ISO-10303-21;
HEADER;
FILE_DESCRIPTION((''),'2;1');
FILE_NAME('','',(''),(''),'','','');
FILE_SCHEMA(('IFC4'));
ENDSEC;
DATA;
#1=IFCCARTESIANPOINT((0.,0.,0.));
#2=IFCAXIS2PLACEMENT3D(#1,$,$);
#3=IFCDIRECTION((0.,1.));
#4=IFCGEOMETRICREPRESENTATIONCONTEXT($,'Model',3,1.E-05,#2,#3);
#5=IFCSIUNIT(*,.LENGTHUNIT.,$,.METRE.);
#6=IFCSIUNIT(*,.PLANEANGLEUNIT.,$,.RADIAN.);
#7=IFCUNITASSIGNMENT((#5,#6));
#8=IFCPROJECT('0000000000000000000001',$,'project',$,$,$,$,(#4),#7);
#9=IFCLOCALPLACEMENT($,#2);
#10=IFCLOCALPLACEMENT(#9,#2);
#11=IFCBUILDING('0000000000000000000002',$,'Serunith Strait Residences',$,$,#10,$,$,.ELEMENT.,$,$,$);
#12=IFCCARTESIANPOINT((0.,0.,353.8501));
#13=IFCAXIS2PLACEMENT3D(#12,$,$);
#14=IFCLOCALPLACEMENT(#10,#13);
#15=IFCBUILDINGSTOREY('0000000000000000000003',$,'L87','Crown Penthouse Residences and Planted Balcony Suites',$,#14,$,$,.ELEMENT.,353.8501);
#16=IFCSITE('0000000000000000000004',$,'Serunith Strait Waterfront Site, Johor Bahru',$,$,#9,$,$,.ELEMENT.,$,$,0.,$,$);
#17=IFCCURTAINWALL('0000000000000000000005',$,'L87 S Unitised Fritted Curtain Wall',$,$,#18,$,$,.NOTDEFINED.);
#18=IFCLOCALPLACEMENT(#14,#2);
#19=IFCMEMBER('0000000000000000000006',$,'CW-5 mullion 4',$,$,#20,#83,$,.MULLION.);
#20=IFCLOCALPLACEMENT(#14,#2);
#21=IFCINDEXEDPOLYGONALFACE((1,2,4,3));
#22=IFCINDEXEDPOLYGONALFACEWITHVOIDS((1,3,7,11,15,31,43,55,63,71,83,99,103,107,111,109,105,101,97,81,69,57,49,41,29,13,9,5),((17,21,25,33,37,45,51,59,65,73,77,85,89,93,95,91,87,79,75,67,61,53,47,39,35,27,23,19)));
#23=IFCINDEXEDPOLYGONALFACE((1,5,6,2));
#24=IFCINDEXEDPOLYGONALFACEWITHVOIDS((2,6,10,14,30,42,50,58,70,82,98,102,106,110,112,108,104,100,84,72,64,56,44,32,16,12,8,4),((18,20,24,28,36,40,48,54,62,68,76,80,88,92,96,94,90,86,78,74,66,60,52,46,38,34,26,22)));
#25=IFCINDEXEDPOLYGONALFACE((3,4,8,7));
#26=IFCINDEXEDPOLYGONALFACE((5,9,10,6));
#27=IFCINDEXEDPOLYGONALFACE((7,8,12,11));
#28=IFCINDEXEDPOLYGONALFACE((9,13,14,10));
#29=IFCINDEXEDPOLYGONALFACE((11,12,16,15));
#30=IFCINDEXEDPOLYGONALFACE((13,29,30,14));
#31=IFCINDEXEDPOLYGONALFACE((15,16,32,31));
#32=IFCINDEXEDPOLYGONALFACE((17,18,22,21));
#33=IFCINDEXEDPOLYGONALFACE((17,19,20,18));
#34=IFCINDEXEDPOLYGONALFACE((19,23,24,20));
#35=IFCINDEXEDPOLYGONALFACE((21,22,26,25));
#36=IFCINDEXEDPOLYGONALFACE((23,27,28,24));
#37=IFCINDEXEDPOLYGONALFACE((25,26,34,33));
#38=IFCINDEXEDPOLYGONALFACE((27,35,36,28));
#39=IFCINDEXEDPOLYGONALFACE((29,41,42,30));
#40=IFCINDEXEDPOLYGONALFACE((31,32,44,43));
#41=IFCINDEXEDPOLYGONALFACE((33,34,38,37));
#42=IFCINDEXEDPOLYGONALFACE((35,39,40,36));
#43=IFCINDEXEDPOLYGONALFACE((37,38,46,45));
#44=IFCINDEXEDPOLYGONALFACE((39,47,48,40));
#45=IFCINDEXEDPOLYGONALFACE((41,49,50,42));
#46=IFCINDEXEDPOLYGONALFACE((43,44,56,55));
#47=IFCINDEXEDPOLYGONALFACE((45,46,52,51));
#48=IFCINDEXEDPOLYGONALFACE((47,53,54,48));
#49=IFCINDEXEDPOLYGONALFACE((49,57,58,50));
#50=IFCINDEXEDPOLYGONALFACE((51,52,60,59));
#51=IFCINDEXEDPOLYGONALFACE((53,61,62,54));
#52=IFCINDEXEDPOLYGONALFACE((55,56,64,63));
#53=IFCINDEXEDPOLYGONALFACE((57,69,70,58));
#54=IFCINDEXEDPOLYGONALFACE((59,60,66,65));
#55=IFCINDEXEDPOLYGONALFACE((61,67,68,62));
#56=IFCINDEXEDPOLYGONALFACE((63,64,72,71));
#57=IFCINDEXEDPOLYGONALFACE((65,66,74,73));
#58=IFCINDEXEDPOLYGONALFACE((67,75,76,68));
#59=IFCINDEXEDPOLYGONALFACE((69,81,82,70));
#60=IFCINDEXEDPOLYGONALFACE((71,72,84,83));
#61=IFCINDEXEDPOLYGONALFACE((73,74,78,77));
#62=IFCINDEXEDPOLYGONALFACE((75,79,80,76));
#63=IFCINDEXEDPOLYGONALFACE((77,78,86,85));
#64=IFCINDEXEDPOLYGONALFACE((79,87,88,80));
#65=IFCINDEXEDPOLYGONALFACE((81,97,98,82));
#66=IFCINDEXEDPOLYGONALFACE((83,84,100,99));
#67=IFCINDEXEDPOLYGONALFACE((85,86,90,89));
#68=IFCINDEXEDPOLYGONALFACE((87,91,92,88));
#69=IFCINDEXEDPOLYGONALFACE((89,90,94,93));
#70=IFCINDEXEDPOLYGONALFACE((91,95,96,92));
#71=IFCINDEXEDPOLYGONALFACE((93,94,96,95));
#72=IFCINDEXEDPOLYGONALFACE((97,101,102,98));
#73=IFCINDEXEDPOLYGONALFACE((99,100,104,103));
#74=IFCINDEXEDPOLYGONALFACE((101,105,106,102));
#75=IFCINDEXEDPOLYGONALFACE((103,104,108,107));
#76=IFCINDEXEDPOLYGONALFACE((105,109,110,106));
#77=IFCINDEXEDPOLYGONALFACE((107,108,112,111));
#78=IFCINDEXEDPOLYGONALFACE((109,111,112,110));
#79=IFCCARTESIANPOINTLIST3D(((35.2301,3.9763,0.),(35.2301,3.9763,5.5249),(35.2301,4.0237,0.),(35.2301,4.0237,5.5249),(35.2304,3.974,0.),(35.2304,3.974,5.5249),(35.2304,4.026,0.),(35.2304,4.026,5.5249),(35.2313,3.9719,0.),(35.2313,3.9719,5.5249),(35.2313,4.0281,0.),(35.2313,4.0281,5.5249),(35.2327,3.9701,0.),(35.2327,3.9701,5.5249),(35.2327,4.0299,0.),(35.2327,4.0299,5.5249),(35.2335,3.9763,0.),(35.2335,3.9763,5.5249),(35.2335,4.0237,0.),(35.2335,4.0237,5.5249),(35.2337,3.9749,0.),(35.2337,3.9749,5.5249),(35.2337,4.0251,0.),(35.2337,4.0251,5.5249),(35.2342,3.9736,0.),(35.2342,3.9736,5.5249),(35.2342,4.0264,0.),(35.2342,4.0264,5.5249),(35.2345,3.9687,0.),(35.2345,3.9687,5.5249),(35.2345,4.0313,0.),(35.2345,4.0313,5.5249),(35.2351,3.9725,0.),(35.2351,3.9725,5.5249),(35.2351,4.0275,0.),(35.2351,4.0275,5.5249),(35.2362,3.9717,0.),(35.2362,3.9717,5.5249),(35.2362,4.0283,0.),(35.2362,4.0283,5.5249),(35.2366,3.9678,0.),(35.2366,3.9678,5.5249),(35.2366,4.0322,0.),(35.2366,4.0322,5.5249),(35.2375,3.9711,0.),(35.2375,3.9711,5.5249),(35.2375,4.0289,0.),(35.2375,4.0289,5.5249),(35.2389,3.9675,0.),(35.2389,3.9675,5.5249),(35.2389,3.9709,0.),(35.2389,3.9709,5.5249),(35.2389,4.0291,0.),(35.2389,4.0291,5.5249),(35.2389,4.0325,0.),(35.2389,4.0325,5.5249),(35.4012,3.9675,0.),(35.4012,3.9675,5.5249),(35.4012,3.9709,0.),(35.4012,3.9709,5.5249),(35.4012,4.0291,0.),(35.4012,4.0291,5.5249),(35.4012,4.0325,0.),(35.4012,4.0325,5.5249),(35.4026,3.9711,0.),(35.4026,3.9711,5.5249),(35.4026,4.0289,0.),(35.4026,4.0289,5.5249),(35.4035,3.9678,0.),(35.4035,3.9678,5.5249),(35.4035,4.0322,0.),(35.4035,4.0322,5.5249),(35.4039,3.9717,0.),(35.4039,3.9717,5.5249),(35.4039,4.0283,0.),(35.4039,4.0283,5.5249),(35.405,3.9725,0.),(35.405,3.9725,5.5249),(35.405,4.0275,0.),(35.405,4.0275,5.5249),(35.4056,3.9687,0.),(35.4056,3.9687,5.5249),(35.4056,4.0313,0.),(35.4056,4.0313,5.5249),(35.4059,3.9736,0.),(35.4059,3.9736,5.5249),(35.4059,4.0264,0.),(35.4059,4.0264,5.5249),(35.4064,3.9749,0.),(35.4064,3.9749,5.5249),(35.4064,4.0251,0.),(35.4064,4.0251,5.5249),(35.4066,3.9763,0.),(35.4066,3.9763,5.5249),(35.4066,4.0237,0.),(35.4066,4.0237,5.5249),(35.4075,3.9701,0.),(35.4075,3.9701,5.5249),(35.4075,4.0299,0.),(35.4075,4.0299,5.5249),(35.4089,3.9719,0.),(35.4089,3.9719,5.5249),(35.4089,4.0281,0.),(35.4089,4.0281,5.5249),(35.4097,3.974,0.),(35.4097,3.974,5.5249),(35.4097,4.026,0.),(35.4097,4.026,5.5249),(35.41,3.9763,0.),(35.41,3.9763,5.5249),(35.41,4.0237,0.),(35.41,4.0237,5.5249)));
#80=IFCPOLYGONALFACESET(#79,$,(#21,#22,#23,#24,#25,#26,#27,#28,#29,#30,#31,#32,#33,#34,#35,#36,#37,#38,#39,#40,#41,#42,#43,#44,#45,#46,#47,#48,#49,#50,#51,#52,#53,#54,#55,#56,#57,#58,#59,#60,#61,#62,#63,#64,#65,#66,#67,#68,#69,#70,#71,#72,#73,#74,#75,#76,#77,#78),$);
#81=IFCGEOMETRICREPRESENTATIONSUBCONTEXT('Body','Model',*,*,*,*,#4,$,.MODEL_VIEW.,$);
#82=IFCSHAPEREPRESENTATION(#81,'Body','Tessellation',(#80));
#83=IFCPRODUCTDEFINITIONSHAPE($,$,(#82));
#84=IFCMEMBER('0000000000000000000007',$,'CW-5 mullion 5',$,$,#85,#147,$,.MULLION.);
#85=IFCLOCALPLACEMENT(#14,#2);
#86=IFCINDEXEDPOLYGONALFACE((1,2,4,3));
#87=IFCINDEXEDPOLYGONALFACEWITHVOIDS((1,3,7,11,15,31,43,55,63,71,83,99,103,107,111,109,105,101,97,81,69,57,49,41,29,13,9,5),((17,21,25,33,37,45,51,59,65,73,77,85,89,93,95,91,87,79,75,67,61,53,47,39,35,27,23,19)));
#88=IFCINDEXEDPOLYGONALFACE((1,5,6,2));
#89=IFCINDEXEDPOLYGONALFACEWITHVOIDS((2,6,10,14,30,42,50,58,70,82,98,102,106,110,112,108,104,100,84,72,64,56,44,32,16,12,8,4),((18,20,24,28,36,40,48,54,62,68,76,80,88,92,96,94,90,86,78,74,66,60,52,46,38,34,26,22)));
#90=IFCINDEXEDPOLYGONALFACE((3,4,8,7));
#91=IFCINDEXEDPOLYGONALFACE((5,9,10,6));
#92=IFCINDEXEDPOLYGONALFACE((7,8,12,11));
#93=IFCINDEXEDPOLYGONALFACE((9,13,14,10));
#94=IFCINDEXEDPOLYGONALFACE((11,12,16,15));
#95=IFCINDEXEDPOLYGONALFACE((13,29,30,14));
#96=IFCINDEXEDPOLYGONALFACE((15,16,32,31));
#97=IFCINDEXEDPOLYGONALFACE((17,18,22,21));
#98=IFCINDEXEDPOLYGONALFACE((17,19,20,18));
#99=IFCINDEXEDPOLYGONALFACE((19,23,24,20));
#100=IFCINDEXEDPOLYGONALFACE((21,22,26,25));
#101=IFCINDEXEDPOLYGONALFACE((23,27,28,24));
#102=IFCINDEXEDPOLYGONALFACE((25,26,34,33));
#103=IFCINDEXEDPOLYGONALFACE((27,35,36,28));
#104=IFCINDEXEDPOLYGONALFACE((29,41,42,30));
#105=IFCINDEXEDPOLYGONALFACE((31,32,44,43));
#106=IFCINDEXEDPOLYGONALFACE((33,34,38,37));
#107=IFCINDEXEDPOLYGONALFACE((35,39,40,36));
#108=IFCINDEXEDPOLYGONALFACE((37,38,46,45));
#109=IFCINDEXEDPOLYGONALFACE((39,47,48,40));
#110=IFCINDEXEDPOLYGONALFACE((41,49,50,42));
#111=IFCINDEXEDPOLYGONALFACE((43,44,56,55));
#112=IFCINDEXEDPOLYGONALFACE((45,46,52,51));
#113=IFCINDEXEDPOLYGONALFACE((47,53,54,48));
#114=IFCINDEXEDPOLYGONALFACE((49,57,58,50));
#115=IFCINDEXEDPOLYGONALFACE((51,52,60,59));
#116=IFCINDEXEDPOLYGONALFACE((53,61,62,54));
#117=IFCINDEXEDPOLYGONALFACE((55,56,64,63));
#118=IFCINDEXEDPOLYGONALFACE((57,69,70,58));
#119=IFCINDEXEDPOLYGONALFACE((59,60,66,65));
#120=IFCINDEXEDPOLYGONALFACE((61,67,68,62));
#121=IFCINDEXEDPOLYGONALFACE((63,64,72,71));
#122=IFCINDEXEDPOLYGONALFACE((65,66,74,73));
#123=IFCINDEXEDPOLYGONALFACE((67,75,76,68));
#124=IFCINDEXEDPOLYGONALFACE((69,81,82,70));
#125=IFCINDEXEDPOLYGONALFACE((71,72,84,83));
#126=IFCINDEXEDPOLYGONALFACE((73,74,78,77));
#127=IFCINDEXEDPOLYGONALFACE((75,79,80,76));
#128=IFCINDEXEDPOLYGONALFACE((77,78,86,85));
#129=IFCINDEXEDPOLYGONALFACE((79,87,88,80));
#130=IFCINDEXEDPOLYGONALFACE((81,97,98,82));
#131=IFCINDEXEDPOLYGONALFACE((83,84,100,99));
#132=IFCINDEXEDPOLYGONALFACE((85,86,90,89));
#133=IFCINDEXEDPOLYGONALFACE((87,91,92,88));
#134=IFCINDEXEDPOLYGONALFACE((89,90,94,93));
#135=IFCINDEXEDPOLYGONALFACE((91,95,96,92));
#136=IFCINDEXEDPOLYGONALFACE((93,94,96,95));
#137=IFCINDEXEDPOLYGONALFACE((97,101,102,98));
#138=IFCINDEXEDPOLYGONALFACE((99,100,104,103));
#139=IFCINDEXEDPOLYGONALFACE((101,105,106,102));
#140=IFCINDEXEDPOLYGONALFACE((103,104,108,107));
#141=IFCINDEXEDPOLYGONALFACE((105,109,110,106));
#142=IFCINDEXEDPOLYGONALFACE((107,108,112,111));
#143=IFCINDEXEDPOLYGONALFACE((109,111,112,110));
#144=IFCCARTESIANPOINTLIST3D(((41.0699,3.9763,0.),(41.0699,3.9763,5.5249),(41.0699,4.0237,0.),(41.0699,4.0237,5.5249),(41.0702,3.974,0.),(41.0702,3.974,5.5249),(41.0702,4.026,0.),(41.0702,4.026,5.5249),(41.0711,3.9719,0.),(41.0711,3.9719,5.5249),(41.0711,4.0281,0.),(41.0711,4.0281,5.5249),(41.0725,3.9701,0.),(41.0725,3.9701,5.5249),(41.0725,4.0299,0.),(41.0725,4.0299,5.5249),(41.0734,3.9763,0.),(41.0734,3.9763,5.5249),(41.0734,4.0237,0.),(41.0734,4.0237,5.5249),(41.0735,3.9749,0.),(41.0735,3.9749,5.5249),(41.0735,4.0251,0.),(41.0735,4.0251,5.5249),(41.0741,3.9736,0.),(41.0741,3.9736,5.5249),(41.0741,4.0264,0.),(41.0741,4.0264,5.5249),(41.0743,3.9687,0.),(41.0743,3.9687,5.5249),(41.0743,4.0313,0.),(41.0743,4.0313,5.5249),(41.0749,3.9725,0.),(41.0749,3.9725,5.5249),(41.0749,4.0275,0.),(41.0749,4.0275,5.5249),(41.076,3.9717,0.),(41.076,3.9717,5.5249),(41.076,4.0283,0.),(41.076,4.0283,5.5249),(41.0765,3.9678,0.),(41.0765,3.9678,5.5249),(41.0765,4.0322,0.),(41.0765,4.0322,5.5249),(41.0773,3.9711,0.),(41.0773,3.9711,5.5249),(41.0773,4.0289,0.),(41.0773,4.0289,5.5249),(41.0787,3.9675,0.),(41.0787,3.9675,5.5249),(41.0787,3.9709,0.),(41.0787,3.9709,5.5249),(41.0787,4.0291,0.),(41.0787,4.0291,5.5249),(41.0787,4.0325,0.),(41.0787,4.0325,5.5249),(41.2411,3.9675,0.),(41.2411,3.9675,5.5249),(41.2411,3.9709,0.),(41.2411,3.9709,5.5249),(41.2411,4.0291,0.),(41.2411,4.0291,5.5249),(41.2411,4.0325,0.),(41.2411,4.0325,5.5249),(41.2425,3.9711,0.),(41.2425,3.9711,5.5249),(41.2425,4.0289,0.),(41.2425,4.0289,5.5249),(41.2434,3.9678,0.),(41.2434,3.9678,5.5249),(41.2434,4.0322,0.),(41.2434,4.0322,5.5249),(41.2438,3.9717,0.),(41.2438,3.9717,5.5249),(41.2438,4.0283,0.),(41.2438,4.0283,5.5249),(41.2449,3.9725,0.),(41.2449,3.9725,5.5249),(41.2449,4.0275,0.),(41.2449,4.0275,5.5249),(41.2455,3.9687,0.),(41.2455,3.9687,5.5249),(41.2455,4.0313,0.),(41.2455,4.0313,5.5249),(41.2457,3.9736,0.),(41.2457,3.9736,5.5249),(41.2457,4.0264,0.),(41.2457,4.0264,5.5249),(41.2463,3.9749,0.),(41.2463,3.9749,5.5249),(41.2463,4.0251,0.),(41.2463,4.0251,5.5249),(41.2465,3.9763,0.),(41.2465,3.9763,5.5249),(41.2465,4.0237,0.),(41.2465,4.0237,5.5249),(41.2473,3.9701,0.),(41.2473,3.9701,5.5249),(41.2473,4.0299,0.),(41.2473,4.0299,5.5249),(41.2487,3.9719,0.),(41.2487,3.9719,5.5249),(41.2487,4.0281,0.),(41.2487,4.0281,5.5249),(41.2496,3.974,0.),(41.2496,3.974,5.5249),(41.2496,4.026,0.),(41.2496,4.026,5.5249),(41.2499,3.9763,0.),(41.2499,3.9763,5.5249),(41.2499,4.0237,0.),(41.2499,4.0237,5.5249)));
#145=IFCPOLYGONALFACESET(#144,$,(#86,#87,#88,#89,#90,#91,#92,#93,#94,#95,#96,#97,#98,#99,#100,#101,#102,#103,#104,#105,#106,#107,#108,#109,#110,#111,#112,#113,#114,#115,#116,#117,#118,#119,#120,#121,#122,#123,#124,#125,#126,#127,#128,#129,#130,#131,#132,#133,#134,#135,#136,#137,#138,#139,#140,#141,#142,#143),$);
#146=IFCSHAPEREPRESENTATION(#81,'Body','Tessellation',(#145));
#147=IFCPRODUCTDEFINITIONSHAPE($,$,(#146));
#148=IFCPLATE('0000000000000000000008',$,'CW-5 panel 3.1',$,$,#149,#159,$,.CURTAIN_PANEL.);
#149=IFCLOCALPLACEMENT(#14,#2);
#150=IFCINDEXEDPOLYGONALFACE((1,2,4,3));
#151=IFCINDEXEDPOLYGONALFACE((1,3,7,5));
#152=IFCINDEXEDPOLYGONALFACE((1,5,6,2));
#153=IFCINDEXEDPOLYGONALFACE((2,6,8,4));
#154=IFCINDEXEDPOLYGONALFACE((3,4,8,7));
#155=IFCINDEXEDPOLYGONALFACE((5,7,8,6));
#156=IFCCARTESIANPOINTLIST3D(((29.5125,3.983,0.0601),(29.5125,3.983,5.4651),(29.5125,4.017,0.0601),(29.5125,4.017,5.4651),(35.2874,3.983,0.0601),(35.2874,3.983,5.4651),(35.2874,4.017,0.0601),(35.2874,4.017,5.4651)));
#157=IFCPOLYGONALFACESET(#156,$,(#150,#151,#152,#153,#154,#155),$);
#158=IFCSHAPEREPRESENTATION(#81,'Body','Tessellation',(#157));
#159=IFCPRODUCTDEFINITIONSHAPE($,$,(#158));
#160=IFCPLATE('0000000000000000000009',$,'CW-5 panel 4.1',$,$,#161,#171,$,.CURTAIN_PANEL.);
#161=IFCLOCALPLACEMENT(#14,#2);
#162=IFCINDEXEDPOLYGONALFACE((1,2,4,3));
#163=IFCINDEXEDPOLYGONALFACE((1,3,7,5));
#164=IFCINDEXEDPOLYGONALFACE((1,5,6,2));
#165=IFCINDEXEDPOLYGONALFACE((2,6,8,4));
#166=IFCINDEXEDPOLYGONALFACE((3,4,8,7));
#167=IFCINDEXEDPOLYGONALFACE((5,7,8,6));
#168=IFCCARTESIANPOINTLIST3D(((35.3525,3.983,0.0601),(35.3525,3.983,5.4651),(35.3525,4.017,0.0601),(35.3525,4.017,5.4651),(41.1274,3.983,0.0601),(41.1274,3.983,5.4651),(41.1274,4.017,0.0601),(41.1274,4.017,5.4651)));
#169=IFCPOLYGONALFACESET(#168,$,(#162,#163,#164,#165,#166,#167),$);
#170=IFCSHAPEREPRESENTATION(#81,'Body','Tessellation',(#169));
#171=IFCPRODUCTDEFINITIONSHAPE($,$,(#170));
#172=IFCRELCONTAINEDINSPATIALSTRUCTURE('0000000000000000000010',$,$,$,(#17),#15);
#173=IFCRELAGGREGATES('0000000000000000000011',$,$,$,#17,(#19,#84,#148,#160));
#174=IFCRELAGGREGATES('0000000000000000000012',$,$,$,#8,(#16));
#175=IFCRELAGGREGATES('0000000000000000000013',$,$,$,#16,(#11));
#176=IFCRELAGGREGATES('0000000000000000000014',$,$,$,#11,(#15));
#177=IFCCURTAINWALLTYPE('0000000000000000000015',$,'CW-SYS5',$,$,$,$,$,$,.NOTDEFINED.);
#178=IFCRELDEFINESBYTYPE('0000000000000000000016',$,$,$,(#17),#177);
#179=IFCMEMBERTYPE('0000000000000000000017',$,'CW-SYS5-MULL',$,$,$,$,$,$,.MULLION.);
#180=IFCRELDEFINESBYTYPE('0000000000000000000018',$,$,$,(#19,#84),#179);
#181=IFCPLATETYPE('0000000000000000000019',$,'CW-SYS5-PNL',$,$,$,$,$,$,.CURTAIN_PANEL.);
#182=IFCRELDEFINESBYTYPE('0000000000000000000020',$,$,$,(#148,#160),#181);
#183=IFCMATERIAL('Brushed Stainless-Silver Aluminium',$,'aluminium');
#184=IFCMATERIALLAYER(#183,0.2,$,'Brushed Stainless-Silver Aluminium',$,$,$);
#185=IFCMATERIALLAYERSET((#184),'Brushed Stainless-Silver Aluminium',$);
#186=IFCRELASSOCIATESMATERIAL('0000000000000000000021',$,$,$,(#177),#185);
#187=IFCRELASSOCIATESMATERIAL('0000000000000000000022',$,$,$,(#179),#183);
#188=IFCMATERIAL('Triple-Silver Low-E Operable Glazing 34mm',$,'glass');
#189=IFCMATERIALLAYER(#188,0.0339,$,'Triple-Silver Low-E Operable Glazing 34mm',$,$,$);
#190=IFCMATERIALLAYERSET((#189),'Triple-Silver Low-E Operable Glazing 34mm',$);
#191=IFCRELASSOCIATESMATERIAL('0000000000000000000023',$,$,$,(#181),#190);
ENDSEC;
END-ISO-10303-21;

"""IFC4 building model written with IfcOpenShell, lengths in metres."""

from ifc_helpers import new_model, si_unit, direction, frame, origin, origin_2d, place, context, subcontext, project, spatial, rectangle, hollow_rectangle, extrude, source, transform, mapped, material, layer, layer_set, material_profile, profile_set, type_object, element, aggregate, save


model = new_model("IFC4")

# Units and contexts
model_context = context("Model", 3, precision=1e-05, world=origin(), true_north=direction((0.0, 1.0)))
body_context = subcontext(model_context, "Body", "Model", "MODEL_VIEW")
ifc_project = project(units=[si_unit("LENGTHUNIT", "METRE"), si_unit("PLANEANGLEUNIT", "RADIAN")], contexts=[model_context])

# Site, building, storey
site_placement = place(None, origin())
site = spatial("IfcSite", under=ifc_project, at=site_placement, Name="Serunith Strait Waterfront Site, Johor Bahru", CompositionType="ELEMENT", RefElevation=0.0)
building_placement = place(site_placement, origin())
building = spatial("IfcBuilding", under=site, at=building_placement, Name="Serunith Strait Residences", CompositionType="ELEMENT")
storey_placement = place(building_placement, frame((0.0, 0.0, 353.8501)))
storey = spatial("IfcBuildingStorey", under=building, at=storey_placement, Name="L87", Description="Crown Penthouse Residences and Planted Balcony Suites", CompositionType="ELEMENT", Elevation=353.8501)

# Curtain wall, members, plates
ifc_material_1 = material(Name="Brushed Stainless-Silver Aluminium", Category="aluminium")
ifc_layer_1 = layer(ifc_material_1, 0.2, Name="Brushed Stainless-Silver Aluminium")
ifc_layer_set_1 = layer_set([ifc_layer_1], Name="Brushed Stainless-Silver Aluminium")
curtain_wall_type = type_object("IfcCurtainWallType", Name="CW-SYS5", PredefinedType="NOTDEFINED", material=ifc_layer_set_1)
curtain_wall_placement = place(storey_placement, origin())
curtain_wall = element("IfcCurtainWall", 1, at=curtain_wall_placement, inside=storey, type_object=curtain_wall_type, Name="L87 S Unitised Fritted Curtain Wall", PredefinedType="NOTDEFINED")
ifc_material_profile_1 = material_profile(ifc_material_1, hollow_rectangle(XDim=0.0649, YDim=0.1799, WallThickness=0.0034, InnerFilletRadius=0.0054, OuterFilletRadius=0.0088, at=origin_2d()), Name="ALU 180x65x3.5")
ifc_profile_set_1 = profile_set([ifc_material_profile_1], Name="Brushed Stainless-Silver Aluminium")
member_type_1 = type_object("IfcMemberType", Name="CW-SYS5-MULL", PredefinedType="MULLION", material=ifc_profile_set_1)
shared_shape_1 = source(origin(), body_context, "Body", "SweptSolid", [
    extrude(hollow_rectangle(XDim=0.0649, YDim=0.1799, WallThickness=0.0034, InnerFilletRadius=0.0054, OuterFilletRadius=0.0088, at=origin_2d()), origin(), (0.0, 0.0, 1.0), 5.5249),
])
member_1_placement = place(storey_placement, frame((35.3201, 4.0, 0.0), z_axis=(0.0, 0.0, 1.0), x_axis=(0.0, 1.0, 0.0)))
member_1 = element("IfcMember", 2, at=member_1_placement, type_object=member_type_1, Name="CW-5 mullion 4", PredefinedType="MULLION", context=body_context, shape_type="MappedRepresentation", body=[
    mapped(shared_shape_1, transform((0.0, 0.0, 0.0), scale=1.0)),
])
member_2_placement = place(storey_placement, frame((41.1599, 4.0, 0.0), z_axis=(0.0, 0.0, 1.0), x_axis=(0.0, 1.0, 0.0)))
member_2 = element("IfcMember", 3, at=member_2_placement, type_object=member_type_1, Name="CW-5 mullion 5", PredefinedType="MULLION", context=body_context, shape_type="MappedRepresentation", body=[
    mapped(shared_shape_1, transform((0.0, 0.0, 0.0), scale=1.0)),
])
ifc_material_2 = material(Name="Triple-Silver Low-E Operable Glazing 34mm", Category="glass")
ifc_layer_2 = layer(ifc_material_2, 0.0339, Name="Triple-Silver Low-E Operable Glazing 34mm")
ifc_layer_set_2 = layer_set([ifc_layer_2], Name="Triple-Silver Low-E Operable Glazing 34mm")
plate_type = type_object("IfcPlateType", Name="CW-SYS5-PNL", PredefinedType="CURTAIN_PANEL", material=ifc_layer_set_2)
shared_shape_2 = source(origin(), body_context, "Body", "SweptSolid", [
    extrude(rectangle(XDim=5.7749, YDim=0.0339, at=origin_2d()), origin(), (0.0, 0.0, 1.0), 5.405),
])
plate_1_placement = place(storey_placement, frame((32.3999, 4.0, 0.0601), z_axis=(0.0, 0.0, 1.0), x_axis=(1.0, 0.0, 0.0)))
plate_1 = element("IfcPlate", 4, at=plate_1_placement, type_object=plate_type, Name="CW-5 panel 3.1", PredefinedType="CURTAIN_PANEL", context=body_context, shape_type="MappedRepresentation", body=[
    mapped(shared_shape_2, transform((0.0, 0.0, 0.0), scale=1.0)),
])
plate_2_placement = place(storey_placement, frame((38.24, 4.0, 0.0601), z_axis=(0.0, 0.0, 1.0), x_axis=(1.0, 0.0, 0.0)))
plate_2 = element("IfcPlate", 5, at=plate_2_placement, type_object=plate_type, Name="CW-5 panel 4.1", PredefinedType="CURTAIN_PANEL", context=body_context, shape_type="MappedRepresentation", body=[
    mapped(shared_shape_2, transform((0.0, 0.0, 0.0), scale=1.0)),
])
aggregate(curtain_wall, [member_1, member_2, plate_1, plate_2])

save(model, "model.ifc")
